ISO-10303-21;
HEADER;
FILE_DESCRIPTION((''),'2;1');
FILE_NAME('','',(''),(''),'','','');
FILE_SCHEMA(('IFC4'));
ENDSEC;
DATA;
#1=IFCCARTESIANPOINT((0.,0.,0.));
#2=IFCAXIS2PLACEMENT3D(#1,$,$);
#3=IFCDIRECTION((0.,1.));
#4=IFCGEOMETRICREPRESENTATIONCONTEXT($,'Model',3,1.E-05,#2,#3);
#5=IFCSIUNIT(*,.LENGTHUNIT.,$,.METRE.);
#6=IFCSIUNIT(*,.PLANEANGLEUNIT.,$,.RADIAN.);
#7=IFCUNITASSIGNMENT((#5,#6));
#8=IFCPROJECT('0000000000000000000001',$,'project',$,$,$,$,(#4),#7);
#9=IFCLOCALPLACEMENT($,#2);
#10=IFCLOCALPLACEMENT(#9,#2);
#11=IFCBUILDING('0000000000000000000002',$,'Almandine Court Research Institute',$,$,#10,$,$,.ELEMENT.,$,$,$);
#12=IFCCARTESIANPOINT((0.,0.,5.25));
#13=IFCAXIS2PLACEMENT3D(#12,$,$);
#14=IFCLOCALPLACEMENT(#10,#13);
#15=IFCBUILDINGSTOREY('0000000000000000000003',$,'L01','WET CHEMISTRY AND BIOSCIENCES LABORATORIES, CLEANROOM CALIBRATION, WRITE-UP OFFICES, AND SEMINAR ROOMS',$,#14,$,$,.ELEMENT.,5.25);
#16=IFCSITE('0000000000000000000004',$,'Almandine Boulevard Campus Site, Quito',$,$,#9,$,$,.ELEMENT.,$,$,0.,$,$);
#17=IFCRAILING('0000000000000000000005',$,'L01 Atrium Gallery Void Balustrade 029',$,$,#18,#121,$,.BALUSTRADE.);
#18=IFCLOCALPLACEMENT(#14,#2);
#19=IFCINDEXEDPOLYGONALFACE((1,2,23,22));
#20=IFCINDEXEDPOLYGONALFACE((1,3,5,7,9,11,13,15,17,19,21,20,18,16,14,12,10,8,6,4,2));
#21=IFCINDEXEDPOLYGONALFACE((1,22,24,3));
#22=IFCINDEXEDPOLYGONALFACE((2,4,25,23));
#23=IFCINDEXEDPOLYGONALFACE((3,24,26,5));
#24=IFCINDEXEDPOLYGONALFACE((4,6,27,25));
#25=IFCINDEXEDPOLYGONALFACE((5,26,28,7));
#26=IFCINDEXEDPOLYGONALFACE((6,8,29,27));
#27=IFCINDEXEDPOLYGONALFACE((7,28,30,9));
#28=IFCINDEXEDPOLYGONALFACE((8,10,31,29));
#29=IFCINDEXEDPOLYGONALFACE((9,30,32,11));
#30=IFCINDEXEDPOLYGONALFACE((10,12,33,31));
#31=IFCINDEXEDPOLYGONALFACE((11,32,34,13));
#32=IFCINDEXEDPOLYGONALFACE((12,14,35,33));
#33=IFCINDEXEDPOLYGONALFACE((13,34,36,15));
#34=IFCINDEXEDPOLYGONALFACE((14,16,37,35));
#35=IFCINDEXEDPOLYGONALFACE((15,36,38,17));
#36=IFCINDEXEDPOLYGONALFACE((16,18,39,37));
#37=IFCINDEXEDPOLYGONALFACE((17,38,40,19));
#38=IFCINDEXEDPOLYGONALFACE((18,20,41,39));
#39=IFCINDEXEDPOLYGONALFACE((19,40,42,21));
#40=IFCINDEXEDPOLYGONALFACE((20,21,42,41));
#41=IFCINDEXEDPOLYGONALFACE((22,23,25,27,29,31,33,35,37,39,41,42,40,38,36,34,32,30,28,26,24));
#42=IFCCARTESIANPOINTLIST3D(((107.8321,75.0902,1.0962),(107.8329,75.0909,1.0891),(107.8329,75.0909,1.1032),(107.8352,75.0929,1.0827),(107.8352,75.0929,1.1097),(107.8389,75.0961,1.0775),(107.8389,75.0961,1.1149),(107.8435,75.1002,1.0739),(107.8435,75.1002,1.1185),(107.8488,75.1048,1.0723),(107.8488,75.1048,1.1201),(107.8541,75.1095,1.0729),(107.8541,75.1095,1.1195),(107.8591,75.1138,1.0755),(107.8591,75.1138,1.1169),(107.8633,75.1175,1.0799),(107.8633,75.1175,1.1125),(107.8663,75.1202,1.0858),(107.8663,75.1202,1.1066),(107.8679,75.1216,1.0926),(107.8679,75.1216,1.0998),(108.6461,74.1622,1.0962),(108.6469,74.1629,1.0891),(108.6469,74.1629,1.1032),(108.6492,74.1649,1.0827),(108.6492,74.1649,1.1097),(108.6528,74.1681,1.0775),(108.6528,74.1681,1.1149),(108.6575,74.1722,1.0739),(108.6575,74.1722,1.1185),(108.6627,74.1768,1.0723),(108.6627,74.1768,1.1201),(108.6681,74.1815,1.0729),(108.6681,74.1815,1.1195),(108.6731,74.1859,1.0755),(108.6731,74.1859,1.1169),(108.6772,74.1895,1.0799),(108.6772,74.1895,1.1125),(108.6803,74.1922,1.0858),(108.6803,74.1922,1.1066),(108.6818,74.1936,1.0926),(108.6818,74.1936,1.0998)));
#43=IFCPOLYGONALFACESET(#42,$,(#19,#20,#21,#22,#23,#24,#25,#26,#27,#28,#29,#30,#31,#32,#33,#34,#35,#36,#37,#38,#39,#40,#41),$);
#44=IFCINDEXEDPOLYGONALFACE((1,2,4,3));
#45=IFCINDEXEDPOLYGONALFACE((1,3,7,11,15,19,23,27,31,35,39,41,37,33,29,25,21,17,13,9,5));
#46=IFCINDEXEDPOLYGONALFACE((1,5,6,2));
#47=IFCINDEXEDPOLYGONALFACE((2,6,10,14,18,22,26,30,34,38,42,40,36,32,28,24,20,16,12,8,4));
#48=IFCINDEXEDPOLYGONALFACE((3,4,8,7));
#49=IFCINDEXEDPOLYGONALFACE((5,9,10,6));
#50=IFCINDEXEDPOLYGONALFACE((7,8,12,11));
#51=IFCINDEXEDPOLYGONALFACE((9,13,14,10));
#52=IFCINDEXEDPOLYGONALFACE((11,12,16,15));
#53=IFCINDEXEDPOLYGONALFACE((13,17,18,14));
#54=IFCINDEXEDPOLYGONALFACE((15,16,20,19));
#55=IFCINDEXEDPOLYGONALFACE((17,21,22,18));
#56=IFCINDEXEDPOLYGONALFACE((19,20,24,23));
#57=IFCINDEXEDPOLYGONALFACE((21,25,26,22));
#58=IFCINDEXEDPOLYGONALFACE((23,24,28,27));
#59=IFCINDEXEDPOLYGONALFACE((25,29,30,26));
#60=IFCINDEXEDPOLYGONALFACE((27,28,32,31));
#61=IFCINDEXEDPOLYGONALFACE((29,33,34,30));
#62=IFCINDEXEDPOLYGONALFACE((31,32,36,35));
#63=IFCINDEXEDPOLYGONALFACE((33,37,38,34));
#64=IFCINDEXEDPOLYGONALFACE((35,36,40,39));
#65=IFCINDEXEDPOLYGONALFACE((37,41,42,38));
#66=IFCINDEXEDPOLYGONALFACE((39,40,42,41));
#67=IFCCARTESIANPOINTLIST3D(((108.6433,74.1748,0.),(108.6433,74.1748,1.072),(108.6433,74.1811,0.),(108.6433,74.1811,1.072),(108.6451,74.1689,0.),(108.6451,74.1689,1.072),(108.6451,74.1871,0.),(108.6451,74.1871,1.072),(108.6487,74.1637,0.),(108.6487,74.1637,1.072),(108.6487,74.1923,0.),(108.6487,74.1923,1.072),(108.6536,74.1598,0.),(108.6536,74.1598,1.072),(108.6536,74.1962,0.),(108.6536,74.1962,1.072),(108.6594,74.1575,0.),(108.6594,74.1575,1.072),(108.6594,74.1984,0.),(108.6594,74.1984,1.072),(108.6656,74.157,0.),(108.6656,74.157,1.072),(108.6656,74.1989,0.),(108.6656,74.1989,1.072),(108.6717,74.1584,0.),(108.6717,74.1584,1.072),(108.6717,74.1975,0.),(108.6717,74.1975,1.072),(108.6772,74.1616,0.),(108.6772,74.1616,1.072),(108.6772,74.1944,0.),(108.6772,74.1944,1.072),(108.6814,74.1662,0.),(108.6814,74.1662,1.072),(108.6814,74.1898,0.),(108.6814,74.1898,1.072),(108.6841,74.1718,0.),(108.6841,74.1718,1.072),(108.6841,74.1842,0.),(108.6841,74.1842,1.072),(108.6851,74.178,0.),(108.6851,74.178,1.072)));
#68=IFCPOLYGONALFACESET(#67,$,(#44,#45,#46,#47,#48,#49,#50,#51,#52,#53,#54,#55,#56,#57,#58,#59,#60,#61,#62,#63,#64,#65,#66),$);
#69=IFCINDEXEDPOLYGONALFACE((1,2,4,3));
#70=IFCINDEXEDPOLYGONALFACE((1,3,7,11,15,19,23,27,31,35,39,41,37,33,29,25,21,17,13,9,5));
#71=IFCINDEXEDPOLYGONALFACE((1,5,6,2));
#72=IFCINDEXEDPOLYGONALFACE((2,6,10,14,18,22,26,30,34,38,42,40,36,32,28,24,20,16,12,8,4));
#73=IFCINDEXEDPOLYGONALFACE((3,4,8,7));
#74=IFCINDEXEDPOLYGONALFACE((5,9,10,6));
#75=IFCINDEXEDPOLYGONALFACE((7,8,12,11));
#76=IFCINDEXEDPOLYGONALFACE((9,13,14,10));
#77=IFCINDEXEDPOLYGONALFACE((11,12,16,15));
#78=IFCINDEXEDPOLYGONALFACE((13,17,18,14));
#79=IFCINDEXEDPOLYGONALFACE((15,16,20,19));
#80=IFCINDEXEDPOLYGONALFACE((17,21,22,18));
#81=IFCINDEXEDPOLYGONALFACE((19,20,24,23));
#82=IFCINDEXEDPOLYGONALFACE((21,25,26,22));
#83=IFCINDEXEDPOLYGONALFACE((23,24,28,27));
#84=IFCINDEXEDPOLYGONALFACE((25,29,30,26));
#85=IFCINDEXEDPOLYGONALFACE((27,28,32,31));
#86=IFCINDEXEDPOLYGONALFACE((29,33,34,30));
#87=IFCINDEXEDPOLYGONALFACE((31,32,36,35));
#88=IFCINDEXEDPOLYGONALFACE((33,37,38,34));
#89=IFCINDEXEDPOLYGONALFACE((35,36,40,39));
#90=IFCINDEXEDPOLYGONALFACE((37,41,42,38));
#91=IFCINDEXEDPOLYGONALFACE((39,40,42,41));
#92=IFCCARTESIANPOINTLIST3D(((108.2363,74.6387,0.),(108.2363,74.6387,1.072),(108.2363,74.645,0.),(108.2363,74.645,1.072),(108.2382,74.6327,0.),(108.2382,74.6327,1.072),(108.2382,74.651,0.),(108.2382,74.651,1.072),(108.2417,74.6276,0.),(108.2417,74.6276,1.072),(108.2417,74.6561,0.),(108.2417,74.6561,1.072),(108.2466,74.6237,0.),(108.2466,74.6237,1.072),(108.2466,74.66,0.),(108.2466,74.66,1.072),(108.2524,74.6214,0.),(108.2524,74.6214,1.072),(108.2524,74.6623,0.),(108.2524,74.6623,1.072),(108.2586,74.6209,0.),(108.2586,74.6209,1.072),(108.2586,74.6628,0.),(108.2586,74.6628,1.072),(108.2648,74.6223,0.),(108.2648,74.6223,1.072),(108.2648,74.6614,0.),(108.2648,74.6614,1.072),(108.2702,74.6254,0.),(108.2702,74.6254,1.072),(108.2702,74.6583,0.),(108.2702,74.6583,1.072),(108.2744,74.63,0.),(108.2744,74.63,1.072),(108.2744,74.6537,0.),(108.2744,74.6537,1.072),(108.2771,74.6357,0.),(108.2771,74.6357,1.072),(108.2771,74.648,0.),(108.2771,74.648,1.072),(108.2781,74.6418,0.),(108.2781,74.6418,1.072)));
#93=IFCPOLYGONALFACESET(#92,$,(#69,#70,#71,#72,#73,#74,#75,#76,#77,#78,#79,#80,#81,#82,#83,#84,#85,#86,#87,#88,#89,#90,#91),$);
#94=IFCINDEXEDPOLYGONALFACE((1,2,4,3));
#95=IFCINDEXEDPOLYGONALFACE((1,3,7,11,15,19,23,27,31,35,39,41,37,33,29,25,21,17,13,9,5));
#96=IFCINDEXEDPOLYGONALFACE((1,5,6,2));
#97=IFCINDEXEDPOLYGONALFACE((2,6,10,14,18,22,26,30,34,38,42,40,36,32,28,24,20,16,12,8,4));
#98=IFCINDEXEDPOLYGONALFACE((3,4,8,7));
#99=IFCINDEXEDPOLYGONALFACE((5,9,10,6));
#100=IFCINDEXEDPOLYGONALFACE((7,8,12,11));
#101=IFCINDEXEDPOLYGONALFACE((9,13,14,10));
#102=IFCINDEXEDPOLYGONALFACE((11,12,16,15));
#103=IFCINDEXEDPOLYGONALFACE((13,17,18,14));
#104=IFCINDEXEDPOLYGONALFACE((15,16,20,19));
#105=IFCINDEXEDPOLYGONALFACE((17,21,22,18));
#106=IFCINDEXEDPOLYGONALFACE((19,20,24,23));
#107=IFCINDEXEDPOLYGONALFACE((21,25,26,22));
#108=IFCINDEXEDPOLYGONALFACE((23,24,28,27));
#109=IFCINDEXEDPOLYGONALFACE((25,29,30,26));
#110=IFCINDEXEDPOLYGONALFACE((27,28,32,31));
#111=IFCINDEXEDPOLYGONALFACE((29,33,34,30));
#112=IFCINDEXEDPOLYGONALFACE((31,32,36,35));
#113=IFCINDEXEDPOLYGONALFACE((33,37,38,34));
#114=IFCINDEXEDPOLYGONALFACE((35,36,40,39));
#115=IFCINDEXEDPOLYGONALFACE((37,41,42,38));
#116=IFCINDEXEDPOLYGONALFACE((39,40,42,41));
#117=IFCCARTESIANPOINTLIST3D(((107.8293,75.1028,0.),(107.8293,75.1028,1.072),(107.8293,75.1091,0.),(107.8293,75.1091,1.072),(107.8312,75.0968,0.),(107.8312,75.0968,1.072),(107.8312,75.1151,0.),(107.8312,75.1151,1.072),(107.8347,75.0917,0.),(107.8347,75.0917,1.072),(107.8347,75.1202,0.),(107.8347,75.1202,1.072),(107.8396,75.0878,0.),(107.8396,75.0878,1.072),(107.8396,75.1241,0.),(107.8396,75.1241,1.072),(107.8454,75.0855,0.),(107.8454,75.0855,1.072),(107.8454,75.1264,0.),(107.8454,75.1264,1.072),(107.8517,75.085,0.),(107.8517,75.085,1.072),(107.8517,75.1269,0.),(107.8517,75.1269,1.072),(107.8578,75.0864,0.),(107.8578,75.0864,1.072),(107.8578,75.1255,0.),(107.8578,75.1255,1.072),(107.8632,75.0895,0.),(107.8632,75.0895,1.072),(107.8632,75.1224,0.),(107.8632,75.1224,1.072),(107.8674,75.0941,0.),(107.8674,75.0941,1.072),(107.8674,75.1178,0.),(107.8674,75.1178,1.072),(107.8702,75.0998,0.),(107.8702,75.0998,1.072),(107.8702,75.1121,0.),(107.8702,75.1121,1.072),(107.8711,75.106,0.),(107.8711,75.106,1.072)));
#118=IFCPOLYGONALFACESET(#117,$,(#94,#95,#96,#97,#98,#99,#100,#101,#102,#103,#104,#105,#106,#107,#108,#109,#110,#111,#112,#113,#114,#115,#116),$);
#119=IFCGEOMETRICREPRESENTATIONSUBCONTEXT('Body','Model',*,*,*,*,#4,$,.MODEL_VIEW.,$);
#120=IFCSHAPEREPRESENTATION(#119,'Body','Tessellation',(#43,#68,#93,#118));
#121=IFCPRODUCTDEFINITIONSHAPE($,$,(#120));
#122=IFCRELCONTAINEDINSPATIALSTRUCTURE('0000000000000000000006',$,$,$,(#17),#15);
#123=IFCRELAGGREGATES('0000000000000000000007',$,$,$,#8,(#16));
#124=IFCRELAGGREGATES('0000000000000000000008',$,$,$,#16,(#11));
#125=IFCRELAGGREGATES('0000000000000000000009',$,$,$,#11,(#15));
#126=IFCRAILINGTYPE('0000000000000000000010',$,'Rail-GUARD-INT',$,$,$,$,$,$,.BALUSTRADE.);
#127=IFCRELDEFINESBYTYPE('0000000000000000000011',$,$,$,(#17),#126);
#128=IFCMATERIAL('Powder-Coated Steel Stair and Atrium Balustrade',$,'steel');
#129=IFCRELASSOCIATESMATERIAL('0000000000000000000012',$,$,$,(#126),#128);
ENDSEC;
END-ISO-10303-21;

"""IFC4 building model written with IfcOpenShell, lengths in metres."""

from ifc_helpers import new_model, si_unit, direction, frame, origin, origin_2d, place, context, subcontext, project, spatial, circle, extrude, material, type_object, element, save


model = new_model("IFC4")

# Units and contexts
model_context = context("Model", 3, precision=1e-05, world=origin(), true_north=direction((0.0, 1.0)))
body_context = subcontext(model_context, "Body", "Model", "MODEL_VIEW")
ifc_project = project(units=[si_unit("LENGTHUNIT", "METRE"), si_unit("PLANEANGLEUNIT", "RADIAN")], contexts=[model_context])

# Site, building, storey
site_placement = place(None, origin())
site = spatial("IfcSite", under=ifc_project, at=site_placement, Name="Almandine Boulevard Campus Site, Quito", CompositionType="ELEMENT", RefElevation=0.0)
building_placement = place(site_placement, origin())
building = spatial("IfcBuilding", under=site, at=building_placement, Name="Almandine Court Research Institute", CompositionType="ELEMENT")
storey_placement = place(building_placement, frame((0.0, 0.0, 5.25)))
storey = spatial("IfcBuildingStorey", under=building, at=storey_placement, Name="L01", Description="WET CHEMISTRY AND BIOSCIENCES LABORATORIES, CLEANROOM CALIBRATION, WRITE-UP OFFICES, AND SEMINAR ROOMS", CompositionType="ELEMENT", Elevation=5.25)

# Railing
ifc_material_1 = material(Name="Powder-Coated Steel Stair and Atrium Balustrade", Category="steel")
railing_type = type_object("IfcRailingType", Name="Rail-GUARD-INT", PredefinedType="BALUSTRADE", material=ifc_material_1)
railing_1_placement = place(storey_placement, frame((108.6641, 74.178, 0.0)))
element("IfcRailing", 1, at=railing_1_placement, inside=storey, type_object=railing_type, Name="L01 Atrium Gallery Void Balustrade 029", PredefinedType="BALUSTRADE", context=body_context, shape_type="SweptSolid", body=[
    extrude(circle(Radius=0.0239, at=origin_2d()), frame((0.0, 0.0, 1.0962), z_axis=(-0.659414, 0.75178, 0.0), x_axis=(-0.75178, -0.659414, 0.0)), (0.0, 0.0, 1.0), 1.2344),
    extrude(circle(Radius=0.021, at=origin_2d()), origin(), (0.0, 0.0, 1.0), 1.072),
    extrude(circle(Radius=0.021, at=origin_2d()), frame((-0.407, 0.4639, 0.0)), (0.0, 0.0, 1.0), 1.072),
    extrude(circle(Radius=0.021, at=origin_2d()), frame((-0.814, 0.928, 0.0)), (0.0, 0.0, 1.0), 1.072),
])

save(model, "model.ifc")
